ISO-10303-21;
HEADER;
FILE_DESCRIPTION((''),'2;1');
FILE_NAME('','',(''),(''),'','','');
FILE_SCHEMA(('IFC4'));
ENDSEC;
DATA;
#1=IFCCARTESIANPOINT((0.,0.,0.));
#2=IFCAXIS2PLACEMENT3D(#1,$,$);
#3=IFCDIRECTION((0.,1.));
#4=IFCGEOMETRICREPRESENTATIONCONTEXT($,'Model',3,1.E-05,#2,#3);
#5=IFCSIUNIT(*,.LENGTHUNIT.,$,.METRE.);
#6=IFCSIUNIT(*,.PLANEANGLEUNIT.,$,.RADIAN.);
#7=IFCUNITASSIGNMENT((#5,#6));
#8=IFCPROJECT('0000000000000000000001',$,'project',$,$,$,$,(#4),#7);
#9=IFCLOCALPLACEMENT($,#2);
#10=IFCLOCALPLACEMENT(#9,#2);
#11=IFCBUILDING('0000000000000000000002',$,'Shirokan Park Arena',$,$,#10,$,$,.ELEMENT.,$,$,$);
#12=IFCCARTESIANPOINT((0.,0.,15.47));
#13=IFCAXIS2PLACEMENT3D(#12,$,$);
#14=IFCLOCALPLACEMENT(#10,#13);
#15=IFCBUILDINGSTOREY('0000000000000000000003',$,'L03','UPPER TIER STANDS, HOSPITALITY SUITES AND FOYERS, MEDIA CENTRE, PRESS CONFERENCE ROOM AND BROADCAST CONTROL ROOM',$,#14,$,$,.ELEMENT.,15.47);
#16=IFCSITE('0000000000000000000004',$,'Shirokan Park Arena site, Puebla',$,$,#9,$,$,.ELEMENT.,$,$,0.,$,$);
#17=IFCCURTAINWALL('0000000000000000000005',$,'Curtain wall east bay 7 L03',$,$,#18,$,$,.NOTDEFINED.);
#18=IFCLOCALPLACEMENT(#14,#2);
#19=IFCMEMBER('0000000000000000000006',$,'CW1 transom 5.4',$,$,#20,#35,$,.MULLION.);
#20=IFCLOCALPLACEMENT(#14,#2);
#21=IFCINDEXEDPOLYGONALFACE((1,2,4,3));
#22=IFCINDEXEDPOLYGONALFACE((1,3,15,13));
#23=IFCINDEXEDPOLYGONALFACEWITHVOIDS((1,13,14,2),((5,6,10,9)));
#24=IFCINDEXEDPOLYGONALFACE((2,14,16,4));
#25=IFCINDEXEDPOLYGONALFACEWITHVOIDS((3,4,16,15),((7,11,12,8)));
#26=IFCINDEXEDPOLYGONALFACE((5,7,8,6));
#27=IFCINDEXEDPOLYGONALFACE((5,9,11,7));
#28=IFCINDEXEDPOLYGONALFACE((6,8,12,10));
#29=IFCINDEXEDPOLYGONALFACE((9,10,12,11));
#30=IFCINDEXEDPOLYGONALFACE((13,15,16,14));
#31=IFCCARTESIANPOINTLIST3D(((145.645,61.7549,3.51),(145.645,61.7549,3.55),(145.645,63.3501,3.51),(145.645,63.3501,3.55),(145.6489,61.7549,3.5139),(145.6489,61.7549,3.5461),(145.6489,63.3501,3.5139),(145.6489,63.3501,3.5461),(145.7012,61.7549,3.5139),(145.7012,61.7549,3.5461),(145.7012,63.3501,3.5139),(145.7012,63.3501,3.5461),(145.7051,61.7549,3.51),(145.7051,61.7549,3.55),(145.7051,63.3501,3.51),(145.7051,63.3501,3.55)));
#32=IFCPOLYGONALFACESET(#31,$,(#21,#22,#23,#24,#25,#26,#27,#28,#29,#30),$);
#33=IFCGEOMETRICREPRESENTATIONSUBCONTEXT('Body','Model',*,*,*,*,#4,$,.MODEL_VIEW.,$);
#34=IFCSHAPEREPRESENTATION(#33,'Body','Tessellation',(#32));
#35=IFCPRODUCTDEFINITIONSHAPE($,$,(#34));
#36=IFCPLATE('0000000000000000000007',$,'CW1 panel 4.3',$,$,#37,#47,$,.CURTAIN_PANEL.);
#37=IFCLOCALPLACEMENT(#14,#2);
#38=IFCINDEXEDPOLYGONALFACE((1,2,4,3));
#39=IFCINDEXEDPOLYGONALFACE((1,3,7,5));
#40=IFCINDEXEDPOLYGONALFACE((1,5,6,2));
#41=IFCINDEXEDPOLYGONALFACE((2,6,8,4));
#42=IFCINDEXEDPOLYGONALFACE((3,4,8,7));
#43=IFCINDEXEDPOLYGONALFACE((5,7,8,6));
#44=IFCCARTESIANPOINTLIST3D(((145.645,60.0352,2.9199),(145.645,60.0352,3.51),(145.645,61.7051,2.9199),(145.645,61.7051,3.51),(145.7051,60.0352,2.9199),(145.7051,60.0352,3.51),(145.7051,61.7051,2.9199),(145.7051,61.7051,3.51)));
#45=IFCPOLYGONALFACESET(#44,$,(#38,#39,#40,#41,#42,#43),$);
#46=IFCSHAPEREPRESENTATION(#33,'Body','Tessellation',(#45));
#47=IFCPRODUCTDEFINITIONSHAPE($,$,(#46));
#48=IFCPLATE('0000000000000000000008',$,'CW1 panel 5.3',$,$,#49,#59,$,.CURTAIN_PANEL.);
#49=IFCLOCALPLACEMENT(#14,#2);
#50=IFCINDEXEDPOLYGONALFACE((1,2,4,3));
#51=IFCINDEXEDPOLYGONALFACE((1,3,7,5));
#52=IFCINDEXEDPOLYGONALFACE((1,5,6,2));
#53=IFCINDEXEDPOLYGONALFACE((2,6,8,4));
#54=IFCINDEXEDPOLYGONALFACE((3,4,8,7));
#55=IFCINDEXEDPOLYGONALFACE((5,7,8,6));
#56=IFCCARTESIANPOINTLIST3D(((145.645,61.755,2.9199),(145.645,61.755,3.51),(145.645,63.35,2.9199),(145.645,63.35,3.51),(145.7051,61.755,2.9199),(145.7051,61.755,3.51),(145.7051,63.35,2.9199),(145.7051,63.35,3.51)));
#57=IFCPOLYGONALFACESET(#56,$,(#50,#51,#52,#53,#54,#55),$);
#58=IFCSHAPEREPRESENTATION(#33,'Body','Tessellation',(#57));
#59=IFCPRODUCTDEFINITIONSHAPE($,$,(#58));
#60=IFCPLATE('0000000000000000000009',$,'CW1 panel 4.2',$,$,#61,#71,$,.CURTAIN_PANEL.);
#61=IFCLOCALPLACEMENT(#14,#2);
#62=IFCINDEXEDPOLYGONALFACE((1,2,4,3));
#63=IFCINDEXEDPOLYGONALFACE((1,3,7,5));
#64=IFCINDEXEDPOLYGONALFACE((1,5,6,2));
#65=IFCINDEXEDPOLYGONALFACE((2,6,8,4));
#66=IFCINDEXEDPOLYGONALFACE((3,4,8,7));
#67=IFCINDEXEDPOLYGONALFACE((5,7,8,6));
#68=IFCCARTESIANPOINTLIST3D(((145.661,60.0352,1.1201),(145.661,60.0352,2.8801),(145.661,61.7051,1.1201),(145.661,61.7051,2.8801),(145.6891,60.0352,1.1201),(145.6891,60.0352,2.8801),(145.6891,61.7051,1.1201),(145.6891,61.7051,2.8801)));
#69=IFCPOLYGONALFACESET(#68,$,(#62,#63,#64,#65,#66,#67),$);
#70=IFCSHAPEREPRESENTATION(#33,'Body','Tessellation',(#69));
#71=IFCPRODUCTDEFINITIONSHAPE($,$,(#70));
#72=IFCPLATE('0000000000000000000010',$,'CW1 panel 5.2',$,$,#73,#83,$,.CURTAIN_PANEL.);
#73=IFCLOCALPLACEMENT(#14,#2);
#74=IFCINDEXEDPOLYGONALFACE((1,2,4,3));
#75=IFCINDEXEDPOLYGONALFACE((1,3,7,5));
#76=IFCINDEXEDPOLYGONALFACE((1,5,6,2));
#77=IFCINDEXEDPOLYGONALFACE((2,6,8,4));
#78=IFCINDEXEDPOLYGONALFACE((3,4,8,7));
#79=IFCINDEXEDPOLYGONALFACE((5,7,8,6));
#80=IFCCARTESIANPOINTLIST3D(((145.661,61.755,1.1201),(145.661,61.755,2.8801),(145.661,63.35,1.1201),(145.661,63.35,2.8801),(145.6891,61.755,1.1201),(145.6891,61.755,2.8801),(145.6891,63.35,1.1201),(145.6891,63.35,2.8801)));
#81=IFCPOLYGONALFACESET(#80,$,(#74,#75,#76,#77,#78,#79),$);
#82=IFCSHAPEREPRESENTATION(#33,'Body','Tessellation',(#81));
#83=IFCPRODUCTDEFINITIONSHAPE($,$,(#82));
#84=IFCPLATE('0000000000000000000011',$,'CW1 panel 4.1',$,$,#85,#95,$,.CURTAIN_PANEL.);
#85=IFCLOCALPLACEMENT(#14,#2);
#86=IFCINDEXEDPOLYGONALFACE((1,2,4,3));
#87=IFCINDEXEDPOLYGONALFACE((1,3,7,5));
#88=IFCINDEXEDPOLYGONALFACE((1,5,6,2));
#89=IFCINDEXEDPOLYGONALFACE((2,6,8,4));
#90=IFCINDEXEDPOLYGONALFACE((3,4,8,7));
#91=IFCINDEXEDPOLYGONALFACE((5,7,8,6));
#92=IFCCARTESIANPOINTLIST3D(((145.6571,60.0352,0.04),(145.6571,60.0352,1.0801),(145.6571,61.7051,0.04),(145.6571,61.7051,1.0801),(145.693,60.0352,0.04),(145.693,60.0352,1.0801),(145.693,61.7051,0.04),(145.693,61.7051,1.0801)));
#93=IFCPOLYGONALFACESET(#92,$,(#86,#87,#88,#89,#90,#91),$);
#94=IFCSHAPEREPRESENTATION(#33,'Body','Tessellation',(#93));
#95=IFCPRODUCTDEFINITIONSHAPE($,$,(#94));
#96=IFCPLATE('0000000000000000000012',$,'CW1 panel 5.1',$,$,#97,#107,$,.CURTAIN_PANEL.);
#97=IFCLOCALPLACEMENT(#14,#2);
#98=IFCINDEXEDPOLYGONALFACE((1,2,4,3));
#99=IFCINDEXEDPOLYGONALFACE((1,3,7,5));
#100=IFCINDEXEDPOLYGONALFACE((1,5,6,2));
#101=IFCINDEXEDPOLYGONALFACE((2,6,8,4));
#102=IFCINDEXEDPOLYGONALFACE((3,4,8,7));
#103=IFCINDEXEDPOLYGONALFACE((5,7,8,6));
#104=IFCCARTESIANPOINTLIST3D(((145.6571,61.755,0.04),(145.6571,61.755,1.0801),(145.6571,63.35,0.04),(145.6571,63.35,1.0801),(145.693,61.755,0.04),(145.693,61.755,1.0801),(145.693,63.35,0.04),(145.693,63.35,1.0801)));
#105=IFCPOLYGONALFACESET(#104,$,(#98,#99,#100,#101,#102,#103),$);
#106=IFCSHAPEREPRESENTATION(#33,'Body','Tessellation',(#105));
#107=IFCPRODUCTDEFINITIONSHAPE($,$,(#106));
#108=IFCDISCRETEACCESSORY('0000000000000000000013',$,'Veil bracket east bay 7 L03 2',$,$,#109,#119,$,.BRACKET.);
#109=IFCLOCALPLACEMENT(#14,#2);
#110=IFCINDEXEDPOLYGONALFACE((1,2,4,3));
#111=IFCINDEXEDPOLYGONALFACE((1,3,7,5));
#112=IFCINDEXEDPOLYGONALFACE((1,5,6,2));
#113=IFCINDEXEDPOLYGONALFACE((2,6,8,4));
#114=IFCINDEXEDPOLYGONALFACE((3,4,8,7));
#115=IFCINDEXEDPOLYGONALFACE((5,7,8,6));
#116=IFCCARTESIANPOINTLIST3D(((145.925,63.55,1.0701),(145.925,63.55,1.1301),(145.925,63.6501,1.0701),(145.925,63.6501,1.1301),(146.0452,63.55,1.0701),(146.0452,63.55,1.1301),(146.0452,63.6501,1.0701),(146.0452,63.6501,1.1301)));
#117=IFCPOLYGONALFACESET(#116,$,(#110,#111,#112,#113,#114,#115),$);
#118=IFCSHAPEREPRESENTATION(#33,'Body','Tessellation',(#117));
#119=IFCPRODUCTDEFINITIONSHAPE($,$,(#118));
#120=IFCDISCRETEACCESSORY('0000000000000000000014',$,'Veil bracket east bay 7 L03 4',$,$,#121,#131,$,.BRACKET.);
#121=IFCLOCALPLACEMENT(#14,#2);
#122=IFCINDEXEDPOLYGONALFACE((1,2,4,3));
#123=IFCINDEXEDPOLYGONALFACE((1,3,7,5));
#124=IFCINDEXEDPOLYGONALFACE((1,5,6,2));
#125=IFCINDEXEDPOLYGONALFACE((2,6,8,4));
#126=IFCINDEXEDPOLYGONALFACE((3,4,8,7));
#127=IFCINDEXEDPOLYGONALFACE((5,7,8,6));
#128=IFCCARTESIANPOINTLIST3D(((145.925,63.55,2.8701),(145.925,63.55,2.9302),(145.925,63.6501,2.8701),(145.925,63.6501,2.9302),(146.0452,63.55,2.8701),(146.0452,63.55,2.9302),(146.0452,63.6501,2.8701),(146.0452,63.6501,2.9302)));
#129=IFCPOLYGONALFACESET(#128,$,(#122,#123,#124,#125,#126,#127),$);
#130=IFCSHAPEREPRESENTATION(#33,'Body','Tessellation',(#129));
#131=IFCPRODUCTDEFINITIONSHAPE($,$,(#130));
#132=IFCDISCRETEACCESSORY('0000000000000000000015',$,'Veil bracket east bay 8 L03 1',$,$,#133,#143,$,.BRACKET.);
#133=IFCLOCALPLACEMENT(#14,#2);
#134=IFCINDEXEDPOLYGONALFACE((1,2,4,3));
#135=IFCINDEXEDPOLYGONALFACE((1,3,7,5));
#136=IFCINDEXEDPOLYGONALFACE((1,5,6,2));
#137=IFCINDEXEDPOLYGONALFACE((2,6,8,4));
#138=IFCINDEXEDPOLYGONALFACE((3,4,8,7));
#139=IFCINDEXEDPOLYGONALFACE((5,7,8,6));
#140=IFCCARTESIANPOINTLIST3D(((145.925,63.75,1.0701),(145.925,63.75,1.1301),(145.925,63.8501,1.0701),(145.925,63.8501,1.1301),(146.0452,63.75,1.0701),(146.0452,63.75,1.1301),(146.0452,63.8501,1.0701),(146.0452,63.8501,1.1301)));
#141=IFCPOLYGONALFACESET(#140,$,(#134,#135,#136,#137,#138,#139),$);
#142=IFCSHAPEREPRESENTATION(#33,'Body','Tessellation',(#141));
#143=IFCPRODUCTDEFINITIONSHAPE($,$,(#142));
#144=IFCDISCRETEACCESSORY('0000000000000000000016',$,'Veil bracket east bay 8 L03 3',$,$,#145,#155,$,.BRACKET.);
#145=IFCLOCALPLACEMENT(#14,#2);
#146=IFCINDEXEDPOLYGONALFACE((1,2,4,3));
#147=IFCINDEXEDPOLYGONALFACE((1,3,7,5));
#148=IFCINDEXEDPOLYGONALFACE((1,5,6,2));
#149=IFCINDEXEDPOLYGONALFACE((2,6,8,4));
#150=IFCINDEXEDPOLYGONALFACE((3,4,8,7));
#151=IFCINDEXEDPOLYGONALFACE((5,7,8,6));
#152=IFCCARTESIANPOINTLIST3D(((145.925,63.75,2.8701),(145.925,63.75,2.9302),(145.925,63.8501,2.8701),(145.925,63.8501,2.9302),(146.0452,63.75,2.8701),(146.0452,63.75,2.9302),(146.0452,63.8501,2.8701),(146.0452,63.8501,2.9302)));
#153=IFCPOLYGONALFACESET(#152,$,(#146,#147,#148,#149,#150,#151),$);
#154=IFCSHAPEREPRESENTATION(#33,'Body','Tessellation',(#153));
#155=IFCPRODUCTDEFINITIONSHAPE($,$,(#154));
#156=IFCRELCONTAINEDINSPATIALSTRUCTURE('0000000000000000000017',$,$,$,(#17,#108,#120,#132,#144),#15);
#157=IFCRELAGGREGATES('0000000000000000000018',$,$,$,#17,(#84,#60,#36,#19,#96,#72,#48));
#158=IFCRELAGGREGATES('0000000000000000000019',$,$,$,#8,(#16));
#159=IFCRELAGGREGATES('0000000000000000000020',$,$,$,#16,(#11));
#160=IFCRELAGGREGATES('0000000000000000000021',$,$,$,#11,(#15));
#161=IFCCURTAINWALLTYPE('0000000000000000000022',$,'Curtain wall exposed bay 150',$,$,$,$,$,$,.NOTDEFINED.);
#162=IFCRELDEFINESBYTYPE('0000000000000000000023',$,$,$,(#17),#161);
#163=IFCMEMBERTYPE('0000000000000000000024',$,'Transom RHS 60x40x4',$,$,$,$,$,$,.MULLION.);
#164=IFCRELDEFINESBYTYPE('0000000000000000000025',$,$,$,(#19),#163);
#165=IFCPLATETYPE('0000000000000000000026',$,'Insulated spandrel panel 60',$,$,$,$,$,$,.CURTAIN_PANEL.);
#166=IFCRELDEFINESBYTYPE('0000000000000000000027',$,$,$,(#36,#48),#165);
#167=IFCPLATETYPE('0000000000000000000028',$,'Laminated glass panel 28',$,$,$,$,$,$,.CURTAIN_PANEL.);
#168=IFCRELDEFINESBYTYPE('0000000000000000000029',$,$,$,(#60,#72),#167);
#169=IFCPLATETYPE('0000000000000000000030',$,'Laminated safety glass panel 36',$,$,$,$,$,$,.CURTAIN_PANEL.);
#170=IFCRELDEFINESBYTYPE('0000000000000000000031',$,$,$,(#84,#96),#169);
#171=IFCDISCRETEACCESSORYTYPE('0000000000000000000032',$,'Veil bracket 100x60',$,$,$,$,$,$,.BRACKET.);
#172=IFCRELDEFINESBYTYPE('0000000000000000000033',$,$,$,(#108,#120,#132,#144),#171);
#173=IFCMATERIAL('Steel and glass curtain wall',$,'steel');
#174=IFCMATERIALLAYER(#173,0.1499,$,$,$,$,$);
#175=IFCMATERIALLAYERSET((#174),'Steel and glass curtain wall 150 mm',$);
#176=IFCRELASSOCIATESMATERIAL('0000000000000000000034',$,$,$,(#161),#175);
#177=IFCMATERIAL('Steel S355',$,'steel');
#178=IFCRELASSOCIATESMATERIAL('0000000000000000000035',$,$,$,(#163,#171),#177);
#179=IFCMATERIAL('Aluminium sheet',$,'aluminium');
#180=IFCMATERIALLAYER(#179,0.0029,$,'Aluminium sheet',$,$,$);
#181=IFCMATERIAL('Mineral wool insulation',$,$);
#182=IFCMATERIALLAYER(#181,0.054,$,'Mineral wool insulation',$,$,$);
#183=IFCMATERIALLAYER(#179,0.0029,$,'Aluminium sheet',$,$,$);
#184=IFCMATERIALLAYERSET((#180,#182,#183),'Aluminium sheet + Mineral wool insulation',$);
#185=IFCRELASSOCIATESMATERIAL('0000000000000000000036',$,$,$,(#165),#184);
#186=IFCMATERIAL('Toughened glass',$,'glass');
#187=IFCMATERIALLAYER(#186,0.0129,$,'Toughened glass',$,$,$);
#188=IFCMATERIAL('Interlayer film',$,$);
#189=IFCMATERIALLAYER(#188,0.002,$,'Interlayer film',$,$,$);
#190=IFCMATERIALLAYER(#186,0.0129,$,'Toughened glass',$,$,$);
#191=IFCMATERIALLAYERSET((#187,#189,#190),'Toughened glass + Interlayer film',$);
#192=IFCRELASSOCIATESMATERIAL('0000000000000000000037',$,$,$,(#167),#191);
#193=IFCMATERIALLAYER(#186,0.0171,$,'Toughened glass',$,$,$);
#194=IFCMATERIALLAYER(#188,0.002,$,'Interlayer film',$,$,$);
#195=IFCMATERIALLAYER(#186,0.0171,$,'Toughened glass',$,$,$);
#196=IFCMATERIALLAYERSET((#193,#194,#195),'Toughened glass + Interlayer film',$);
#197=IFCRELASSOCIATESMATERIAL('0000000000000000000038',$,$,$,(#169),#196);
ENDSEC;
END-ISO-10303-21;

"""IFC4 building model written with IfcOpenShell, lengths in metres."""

from ifc_helpers import new_model, si_unit, direction, frame, origin, origin_2d, place, context, subcontext, project, spatial, rectangle, hollow_rectangle, extrude, material, layer, layer_set, material_profile, profile_set, type_object, element, aggregate, save


model = new_model("IFC4")

# Units and contexts
model_context = context("Model", 3, precision=1e-05, world=origin(), true_north=direction((0.0, 1.0)))
body_context = subcontext(model_context, "Body", "Model", "MODEL_VIEW")
ifc_project = project(units=[si_unit("LENGTHUNIT", "METRE"), si_unit("PLANEANGLEUNIT", "RADIAN")], contexts=[model_context])

# Site, building, storey
site_placement = place(None, origin())
site = spatial("IfcSite", under=ifc_project, at=site_placement, Name="Shirokan Park Arena site, Puebla", CompositionType="ELEMENT", RefElevation=0.0)
building_placement = place(site_placement, origin())
building = spatial("IfcBuilding", under=site, at=building_placement, Name="Shirokan Park Arena", CompositionType="ELEMENT")
storey_placement = place(building_placement, frame((0.0, 0.0, 15.47)))
storey = spatial("IfcBuildingStorey", under=building, at=storey_placement, Name="L03", Description="UPPER TIER STANDS, HOSPITALITY SUITES AND FOYERS, MEDIA CENTRE, PRESS CONFERENCE ROOM AND BROADCAST CONTROL ROOM", CompositionType="ELEMENT", Elevation=15.47)

# Curtain wall
ifc_material_1 = material(Name="Steel and glass curtain wall", Category="steel")
ifc_layer_1 = layer(ifc_material_1, 0.1499)
ifc_layer_set_1 = layer_set([ifc_layer_1], Name="Steel and glass curtain wall 150 mm")
curtain_wall_type = type_object("IfcCurtainWallType", Name="Curtain wall exposed bay 150", PredefinedType="NOTDEFINED", material=ifc_layer_set_1)
curtain_wall_1_placement = place(storey_placement, origin())
curtain_wall_1 = element("IfcCurtainWall", 1, at=curtain_wall_1_placement, inside=storey, type_object=curtain_wall_type, Name="Curtain wall east bay 7 L03", PredefinedType="NOTDEFINED")
ifc_material_2 = material(Name="Steel S355", Category="steel")

# Member
ifc_material_profile_1 = material_profile(ifc_material_2, hollow_rectangle(XDim=0.0601, YDim=0.04, WallThickness=0.0039, at=origin_2d()), Name="RHS 60x40x4")
ifc_profile_set_1 = profile_set([ifc_material_profile_1], Name="Steel S355")
member_type_1 = type_object("IfcMemberType", Name="Transom RHS 60x40x4", PredefinedType="MULLION", material=ifc_profile_set_1)
member_1_placement = place(storey_placement, frame((145.675, 61.7549, 3.53), z_axis=(0.0, 1.0, 0.0), x_axis=(-1.0, 0.0, 0.0)))
member_1 = element("IfcMember", 2, at=member_1_placement, type_object=member_type_1, Name="CW1 transom 5.4", PredefinedType="MULLION", context=body_context, shape_type="SweptSolid", body=[
    extrude(hollow_rectangle(XDim=0.0601, YDim=0.04, WallThickness=0.0039, at=origin_2d()), origin(), (0.0, 0.0, 1.0), 1.5952),
])

# Plates
ifc_material_3 = material(Name="Aluminium sheet", Category="aluminium")
ifc_layer_2 = layer(ifc_material_3, 0.0029, Name="Aluminium sheet")
ifc_material_4 = material(Name="Mineral wool insulation")
ifc_layer_3 = layer(ifc_material_4, 0.054, Name="Mineral wool insulation")
ifc_layer_4 = layer(ifc_material_3, 0.0029, Name="Aluminium sheet")
ifc_layer_set_2 = layer_set([ifc_layer_2, ifc_layer_3, ifc_layer_4], Name="Aluminium sheet + Mineral wool insulation")
plate_type_1 = type_object("IfcPlateType", Name="Insulated spandrel panel 60", PredefinedType="CURTAIN_PANEL", material=ifc_layer_set_2)
plate_1_placement = place(storey_placement, frame((145.675, 60.8701, 2.9199), z_axis=(0.0, 0.0, 1.0), x_axis=(0.0, 1.0, 0.0)))
plate_1 = element("IfcPlate", 3, at=plate_1_placement, type_object=plate_type_1, Name="CW1 panel 4.3", PredefinedType="CURTAIN_PANEL", context=body_context, shape_type="SweptSolid", body=[
    extrude(rectangle(XDim=1.6699, YDim=0.0601, at=origin_2d()), origin(), (0.0, 0.0, 1.0), 0.5901),
])
plate_2_placement = place(storey_placement, frame((145.675, 62.5525, 2.9199), z_axis=(0.0, 0.0, 1.0), x_axis=(0.0, 1.0, 0.0)))
plate_2 = element("IfcPlate", 4, at=plate_2_placement, type_object=plate_type_1, Name="CW1 panel 5.3", PredefinedType="CURTAIN_PANEL", context=body_context, shape_type="SweptSolid", body=[
    extrude(rectangle(XDim=1.595, YDim=0.0601, at=origin_2d()), origin(), (0.0, 0.0, 1.0), 0.5901),
])
ifc_material_5 = material(Name="Toughened glass", Category="glass")
ifc_layer_5 = layer(ifc_material_5, 0.0129, Name="Toughened glass")
ifc_material_6 = material(Name="Interlayer film")
ifc_layer_6 = layer(ifc_material_6, 0.002, Name="Interlayer film")
ifc_layer_7 = layer(ifc_material_5, 0.0129, Name="Toughened glass")
ifc_layer_set_3 = layer_set([ifc_layer_5, ifc_layer_6, ifc_layer_7], Name="Toughened glass + Interlayer film")
plate_type_2 = type_object("IfcPlateType", Name="Laminated glass panel 28", PredefinedType="CURTAIN_PANEL", material=ifc_layer_set_3)
plate_3_placement = place(storey_placement, frame((145.675, 60.8701, 1.1201), z_axis=(0.0, 0.0, 1.0), x_axis=(0.0, 1.0, 0.0)))
plate_3 = element("IfcPlate", 5, at=plate_3_placement, type_object=plate_type_2, Name="CW1 panel 4.2", PredefinedType="CURTAIN_PANEL", context=body_context, shape_type="SweptSolid", body=[
    extrude(rectangle(XDim=1.6699, YDim=0.0281, at=origin_2d()), origin(), (0.0, 0.0, 1.0), 1.76),
])
plate_4_placement = place(storey_placement, frame((145.675, 62.5525, 1.1201), z_axis=(0.0, 0.0, 1.0), x_axis=(0.0, 1.0, 0.0)))
plate_4 = element("IfcPlate", 6, at=plate_4_placement, type_object=plate_type_2, Name="CW1 panel 5.2", PredefinedType="CURTAIN_PANEL", context=body_context, shape_type="SweptSolid", body=[
    extrude(rectangle(XDim=1.595, YDim=0.0281, at=origin_2d()), origin(), (0.0, 0.0, 1.0), 1.76),
])
ifc_layer_8 = layer(ifc_material_5, 0.0171, Name="Toughened glass")
ifc_layer_9 = layer(ifc_material_6, 0.002, Name="Interlayer film")
ifc_layer_10 = layer(ifc_material_5, 0.0171, Name="Toughened glass")
ifc_layer_set_4 = layer_set([ifc_layer_8, ifc_layer_9, ifc_layer_10], Name="Toughened glass + Interlayer film")
plate_type_3 = type_object("IfcPlateType", Name="Laminated safety glass panel 36", PredefinedType="CURTAIN_PANEL", material=ifc_layer_set_4)
plate_5_placement = place(storey_placement, frame((145.675, 60.8701, 0.04), z_axis=(0.0, 0.0, 1.0), x_axis=(0.0, 1.0, 0.0)))
plate_5 = element("IfcPlate", 7, at=plate_5_placement, type_object=plate_type_3, Name="CW1 panel 4.1", PredefinedType="CURTAIN_PANEL", context=body_context, shape_type="SweptSolid", body=[
    extrude(rectangle(XDim=1.6699, YDim=0.0359, at=origin_2d()), origin(), (0.0, 0.0, 1.0), 1.04),
])
plate_6_placement = place(storey_placement, frame((145.675, 62.5525, 0.04), z_axis=(0.0, 0.0, 1.0), x_axis=(0.0, 1.0, 0.0)))
plate_6 = element("IfcPlate", 8, at=plate_6_placement, type_object=plate_type_3, Name="CW1 panel 5.1", PredefinedType="CURTAIN_PANEL", context=body_context, shape_type="SweptSolid", body=[
    extrude(rectangle(XDim=1.595, YDim=0.0359, at=origin_2d()), origin(), (0.0, 0.0, 1.0), 1.04),
])
aggregate(curtain_wall_1, [plate_5, plate_3, plate_1, member_1, plate_6, plate_4, plate_2])

# Discrete accessories
discrete_accessory_type = type_object("IfcDiscreteAccessoryType", Name="Veil bracket 100x60", PredefinedType="BRACKET", material=ifc_material_2)
for number, where, z_axis, x_axis, name in (
    (9, (145.9851, 63.6001, 1.0701), (0.0, 0.0, 1.0), (0.0, 1.0, 0.0), "Veil bracket east bay 7 L03 2"),
    (10, (145.9851, 63.6001, 2.8701), (0.0, 0.0, 1.0), (0.0, 1.0, 0.0), "Veil bracket east bay 7 L03 4"),
    (11, (145.9851, 63.8, 1.0701), (0.0, 0.0, 1.0), (0.0, 1.0, 0.0), "Veil bracket east bay 8 L03 1"),
    (12, (145.9851, 63.8, 2.8701), (0.0, 0.0, 1.0), (0.0, 1.0, 0.0), "Veil bracket east bay 8 L03 3"),
):
    element("IfcDiscreteAccessory", number, at=place(storey_placement, frame(where, z_axis=z_axis, x_axis=x_axis)), inside=storey, type_object=discrete_accessory_type, Name=name, PredefinedType="BRACKET", context=body_context, shape_type="SweptSolid", body=[
        extrude(rectangle(XDim=0.1001, YDim=0.1201, at=origin_2d()), origin(), (0.0, 0.0, 1.0), 0.0601),
    ])

save(model, "model.ifc")
